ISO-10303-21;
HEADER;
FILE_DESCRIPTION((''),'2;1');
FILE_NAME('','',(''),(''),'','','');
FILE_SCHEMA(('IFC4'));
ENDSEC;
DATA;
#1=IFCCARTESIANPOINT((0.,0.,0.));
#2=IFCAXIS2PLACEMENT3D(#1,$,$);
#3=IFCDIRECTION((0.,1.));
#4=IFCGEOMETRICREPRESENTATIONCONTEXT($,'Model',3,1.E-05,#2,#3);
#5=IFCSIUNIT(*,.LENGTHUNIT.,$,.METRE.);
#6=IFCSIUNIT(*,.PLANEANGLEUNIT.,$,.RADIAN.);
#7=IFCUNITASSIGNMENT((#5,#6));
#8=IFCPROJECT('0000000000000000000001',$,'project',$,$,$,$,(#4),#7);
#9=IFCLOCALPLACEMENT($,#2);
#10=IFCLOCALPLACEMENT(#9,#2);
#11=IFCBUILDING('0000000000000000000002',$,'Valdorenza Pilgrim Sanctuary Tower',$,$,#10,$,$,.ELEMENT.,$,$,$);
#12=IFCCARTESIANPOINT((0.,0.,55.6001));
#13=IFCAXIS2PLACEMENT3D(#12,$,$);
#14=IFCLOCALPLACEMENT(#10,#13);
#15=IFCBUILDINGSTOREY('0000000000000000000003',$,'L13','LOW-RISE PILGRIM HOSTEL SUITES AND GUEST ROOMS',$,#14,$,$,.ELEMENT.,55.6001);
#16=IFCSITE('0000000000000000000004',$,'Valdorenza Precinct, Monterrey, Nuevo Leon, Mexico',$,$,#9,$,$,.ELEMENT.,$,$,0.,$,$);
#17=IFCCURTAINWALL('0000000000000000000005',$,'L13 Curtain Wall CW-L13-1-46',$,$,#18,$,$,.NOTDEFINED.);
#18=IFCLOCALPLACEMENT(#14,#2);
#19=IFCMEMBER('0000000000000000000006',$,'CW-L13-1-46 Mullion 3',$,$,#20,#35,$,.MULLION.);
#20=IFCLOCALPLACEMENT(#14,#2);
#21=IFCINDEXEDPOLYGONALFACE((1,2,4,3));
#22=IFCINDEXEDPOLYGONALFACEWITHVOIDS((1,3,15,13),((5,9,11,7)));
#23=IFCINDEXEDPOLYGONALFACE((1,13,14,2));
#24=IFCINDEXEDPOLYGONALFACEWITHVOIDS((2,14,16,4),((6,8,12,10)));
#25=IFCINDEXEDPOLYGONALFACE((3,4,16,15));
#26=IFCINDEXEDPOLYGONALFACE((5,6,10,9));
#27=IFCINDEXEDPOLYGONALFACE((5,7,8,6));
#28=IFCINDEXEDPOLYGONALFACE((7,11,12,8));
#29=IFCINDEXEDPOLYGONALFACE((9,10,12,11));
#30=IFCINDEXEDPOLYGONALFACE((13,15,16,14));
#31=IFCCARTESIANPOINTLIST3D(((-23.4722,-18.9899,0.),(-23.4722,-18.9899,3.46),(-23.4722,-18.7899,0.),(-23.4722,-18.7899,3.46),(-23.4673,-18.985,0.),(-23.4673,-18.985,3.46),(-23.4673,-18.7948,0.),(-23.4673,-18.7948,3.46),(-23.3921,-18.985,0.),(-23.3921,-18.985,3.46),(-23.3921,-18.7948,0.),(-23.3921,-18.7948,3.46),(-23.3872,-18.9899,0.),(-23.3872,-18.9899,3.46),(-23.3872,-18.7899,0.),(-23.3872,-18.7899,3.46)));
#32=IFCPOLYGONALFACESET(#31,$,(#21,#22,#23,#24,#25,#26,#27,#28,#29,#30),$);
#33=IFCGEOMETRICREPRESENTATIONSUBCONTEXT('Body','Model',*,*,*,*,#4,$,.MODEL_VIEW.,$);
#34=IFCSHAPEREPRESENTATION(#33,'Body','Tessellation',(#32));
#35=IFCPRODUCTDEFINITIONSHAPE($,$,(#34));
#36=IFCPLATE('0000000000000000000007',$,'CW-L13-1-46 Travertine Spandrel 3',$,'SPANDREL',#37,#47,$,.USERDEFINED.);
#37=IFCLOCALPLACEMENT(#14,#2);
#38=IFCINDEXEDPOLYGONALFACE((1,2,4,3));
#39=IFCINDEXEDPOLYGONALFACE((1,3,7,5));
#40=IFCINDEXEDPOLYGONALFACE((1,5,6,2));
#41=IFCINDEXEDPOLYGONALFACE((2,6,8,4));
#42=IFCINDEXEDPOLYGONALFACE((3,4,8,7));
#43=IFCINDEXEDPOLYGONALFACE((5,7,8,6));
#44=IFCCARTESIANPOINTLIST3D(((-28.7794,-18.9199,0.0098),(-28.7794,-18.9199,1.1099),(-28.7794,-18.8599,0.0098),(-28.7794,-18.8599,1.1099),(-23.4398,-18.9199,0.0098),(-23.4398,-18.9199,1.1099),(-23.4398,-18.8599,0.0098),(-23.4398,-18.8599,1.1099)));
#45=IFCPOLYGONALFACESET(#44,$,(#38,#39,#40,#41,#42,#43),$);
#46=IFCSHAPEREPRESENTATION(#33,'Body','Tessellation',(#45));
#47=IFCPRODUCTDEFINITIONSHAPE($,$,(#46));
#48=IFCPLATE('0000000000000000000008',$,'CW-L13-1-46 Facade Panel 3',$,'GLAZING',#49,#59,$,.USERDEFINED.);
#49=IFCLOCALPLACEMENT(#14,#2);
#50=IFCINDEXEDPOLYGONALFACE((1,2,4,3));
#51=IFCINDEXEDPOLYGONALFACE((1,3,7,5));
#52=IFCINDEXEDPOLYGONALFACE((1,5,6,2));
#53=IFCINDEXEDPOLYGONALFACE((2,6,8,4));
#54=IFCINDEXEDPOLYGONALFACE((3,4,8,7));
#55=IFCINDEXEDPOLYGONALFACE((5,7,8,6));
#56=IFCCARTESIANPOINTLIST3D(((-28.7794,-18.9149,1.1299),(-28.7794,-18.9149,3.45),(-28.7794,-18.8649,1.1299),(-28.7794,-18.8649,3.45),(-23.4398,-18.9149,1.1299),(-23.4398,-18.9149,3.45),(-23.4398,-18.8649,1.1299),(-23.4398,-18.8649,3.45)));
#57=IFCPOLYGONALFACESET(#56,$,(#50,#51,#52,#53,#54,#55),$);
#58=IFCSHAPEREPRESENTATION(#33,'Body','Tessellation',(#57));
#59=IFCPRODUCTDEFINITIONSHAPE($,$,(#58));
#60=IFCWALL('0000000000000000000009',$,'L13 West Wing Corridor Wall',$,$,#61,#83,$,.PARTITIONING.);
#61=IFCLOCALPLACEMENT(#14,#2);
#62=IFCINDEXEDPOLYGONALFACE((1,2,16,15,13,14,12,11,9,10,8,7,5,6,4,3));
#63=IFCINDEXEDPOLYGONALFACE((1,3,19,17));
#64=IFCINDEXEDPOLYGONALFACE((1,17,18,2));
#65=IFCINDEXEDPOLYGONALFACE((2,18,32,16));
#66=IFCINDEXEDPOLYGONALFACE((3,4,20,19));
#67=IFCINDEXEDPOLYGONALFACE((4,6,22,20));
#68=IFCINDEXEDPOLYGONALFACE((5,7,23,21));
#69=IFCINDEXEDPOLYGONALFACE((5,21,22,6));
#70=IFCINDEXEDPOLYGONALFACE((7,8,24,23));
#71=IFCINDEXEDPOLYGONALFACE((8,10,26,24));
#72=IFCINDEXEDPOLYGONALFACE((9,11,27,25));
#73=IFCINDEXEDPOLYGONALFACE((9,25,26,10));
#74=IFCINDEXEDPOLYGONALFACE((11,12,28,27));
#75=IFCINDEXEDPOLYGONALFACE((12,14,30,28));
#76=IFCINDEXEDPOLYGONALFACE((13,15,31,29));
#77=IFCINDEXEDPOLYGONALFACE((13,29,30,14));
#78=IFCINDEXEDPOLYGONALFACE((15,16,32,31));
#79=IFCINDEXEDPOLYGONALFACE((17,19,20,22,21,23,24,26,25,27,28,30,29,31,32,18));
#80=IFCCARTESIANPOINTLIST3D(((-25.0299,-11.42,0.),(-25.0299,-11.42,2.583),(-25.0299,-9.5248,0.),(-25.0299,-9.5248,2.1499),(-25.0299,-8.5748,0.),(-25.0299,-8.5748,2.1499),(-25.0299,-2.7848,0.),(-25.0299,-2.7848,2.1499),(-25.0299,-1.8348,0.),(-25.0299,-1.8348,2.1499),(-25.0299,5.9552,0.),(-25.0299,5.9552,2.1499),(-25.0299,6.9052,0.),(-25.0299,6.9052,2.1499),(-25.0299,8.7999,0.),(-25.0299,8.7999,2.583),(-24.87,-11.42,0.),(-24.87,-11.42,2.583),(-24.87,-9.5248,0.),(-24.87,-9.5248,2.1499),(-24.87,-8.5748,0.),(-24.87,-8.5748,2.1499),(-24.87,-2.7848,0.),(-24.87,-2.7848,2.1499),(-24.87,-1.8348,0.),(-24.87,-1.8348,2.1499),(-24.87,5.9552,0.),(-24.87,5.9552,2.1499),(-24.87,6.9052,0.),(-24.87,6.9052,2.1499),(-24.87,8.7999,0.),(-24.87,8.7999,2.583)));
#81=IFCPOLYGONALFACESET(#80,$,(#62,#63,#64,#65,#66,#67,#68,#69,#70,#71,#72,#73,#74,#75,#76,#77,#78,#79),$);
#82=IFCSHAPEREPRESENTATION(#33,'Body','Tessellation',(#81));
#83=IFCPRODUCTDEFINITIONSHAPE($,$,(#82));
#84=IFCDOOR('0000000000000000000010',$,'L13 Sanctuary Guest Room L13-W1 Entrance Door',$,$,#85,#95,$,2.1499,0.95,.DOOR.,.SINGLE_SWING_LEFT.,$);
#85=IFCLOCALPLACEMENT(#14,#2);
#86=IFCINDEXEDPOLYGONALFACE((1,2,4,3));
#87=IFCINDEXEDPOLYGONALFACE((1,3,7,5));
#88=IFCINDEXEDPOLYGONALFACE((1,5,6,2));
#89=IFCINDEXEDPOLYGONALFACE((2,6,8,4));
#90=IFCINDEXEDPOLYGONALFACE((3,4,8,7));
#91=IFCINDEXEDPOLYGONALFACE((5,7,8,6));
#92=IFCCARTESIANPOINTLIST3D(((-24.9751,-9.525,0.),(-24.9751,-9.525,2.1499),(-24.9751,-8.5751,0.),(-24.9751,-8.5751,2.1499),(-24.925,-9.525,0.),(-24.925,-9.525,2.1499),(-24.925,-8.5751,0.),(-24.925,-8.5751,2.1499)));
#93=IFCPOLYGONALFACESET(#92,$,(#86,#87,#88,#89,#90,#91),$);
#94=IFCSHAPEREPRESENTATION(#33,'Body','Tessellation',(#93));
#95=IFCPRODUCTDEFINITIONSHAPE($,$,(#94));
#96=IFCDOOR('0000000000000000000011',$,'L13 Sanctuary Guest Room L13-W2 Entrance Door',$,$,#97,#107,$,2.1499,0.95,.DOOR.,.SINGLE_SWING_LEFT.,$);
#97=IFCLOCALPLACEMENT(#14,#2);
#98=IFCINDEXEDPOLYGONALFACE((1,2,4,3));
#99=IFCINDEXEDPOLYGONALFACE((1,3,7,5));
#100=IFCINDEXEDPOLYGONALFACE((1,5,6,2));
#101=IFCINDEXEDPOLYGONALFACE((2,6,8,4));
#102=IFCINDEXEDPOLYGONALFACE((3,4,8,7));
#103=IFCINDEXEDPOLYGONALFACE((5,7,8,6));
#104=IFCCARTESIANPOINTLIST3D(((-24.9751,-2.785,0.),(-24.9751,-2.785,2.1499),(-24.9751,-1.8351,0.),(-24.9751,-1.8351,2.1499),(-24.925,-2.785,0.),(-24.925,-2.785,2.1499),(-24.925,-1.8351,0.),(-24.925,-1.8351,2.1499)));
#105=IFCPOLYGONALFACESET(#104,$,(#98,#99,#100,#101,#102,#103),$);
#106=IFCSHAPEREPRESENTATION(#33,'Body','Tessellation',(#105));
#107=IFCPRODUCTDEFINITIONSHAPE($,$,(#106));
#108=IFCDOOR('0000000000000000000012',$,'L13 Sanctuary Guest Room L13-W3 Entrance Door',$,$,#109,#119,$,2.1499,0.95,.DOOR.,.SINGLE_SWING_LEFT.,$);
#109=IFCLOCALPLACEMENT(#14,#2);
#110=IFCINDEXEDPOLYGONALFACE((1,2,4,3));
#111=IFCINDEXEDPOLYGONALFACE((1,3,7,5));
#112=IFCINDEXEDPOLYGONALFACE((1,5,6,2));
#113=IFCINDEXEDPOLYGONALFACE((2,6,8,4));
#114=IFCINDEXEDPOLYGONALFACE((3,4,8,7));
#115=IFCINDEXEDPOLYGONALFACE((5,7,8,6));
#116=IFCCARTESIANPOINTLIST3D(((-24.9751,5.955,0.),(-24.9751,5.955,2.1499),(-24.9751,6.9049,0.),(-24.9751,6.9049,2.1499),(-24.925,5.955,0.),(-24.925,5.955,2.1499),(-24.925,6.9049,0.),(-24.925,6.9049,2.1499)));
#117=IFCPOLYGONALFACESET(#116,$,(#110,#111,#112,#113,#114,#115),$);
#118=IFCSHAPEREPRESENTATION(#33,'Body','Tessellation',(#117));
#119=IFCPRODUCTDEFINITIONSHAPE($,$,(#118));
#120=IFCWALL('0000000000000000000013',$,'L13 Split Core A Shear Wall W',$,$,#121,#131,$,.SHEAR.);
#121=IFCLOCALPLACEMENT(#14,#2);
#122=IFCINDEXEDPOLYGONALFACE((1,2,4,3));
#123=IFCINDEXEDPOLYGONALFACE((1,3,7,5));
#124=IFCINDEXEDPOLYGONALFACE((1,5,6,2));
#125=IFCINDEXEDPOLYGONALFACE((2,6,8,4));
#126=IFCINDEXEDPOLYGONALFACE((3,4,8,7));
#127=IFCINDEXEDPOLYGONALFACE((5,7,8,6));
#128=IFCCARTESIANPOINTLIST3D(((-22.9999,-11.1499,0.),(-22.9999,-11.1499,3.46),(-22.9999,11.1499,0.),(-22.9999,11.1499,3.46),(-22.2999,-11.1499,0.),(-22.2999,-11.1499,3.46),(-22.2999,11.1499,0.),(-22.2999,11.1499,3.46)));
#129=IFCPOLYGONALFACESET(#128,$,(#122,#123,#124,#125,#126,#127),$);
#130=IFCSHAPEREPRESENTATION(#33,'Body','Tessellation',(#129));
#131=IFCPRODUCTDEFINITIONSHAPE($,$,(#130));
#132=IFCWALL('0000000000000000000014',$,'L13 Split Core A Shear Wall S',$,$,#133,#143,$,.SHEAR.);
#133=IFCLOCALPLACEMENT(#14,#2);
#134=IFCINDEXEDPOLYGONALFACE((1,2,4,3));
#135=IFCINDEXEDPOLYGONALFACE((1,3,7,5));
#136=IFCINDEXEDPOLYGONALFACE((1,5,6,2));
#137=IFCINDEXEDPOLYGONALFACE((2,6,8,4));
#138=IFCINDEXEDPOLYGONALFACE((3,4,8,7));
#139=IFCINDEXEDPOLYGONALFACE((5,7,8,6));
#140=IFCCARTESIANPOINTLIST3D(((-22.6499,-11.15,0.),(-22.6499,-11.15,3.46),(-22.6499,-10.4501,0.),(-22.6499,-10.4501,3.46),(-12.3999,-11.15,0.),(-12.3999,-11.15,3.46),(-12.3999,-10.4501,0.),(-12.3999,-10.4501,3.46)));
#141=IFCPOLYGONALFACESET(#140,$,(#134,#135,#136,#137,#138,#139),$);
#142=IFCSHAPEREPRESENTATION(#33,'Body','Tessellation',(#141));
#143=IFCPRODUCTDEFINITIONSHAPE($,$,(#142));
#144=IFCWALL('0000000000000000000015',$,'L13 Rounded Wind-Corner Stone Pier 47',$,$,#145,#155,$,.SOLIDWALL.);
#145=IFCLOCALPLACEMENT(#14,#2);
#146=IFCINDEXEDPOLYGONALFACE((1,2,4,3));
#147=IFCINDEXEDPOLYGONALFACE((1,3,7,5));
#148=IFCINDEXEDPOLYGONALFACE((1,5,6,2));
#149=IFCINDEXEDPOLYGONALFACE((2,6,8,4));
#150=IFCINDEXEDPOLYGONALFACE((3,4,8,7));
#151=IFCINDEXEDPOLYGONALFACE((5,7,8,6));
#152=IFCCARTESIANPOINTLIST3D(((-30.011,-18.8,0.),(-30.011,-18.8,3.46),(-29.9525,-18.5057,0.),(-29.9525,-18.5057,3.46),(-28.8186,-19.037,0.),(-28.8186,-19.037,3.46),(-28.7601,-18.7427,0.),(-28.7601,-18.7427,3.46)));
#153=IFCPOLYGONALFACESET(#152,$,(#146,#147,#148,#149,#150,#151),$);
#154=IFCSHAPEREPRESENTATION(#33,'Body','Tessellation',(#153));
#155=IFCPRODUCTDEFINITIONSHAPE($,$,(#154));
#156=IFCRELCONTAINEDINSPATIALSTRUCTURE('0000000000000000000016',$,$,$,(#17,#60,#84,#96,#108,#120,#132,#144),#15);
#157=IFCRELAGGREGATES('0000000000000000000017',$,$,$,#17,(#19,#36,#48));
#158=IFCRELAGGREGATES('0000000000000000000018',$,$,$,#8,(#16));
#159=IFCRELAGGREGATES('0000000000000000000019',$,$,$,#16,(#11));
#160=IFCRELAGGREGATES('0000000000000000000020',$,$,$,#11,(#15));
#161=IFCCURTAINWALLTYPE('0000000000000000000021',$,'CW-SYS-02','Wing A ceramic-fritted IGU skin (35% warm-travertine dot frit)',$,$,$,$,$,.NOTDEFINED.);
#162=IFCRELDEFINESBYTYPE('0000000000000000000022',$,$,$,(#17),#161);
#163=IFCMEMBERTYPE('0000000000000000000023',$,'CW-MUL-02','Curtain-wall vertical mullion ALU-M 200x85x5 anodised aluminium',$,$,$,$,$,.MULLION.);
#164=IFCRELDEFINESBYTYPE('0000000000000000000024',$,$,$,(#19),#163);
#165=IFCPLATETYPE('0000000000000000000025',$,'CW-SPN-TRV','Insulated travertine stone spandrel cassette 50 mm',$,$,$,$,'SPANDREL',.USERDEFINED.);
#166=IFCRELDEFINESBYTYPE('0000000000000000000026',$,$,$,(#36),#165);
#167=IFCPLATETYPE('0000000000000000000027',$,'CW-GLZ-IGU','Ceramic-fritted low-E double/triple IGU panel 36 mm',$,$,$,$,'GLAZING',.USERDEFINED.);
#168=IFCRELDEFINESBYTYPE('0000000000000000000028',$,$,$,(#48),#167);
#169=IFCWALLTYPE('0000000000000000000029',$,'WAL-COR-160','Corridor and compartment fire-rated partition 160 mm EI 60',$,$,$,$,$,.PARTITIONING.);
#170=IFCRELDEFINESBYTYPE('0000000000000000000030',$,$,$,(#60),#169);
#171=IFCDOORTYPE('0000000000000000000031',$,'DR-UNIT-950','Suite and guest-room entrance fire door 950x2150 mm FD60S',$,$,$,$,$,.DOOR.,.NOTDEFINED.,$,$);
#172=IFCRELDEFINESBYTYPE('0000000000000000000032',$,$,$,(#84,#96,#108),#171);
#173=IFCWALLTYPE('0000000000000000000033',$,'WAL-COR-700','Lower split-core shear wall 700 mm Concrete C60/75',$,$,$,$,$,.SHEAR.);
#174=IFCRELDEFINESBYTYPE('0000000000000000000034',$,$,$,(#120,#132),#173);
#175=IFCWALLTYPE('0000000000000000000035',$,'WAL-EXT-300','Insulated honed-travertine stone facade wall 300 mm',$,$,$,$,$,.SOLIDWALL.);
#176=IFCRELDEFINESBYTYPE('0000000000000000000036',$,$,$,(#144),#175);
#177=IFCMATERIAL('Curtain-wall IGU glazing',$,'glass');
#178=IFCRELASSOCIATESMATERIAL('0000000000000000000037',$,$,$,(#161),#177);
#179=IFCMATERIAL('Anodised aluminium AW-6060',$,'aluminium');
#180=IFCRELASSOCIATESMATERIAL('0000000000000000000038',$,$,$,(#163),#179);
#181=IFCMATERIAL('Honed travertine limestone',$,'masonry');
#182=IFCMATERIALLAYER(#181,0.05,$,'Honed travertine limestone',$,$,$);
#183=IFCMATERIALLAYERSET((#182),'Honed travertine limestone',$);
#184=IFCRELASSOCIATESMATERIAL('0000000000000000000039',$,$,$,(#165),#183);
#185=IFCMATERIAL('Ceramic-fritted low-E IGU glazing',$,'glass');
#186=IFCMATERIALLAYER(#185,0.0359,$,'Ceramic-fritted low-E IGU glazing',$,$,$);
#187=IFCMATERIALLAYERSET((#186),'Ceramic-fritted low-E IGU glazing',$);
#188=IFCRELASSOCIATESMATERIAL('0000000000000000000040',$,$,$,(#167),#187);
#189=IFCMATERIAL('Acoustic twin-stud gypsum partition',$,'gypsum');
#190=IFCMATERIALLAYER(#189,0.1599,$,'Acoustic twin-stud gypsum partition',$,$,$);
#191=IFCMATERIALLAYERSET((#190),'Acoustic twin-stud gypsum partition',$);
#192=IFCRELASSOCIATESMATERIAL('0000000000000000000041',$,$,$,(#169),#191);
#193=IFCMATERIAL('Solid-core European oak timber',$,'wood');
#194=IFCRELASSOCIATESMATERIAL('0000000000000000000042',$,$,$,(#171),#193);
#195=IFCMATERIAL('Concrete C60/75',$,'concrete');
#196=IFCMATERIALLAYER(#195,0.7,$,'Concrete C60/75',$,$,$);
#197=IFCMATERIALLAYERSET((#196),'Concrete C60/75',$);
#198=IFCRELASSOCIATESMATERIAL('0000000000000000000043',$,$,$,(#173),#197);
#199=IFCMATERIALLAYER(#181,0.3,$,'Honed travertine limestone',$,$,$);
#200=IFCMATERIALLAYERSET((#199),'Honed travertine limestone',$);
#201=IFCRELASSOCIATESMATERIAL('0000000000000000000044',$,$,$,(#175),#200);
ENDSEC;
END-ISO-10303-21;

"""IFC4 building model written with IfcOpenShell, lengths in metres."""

from ifc_helpers import new_model, si_unit, direction, frame, frame_2d, origin, origin_2d, place, context, subcontext, project, spatial, rectangle, hollow_rectangle, extrude, source, transform, mapped, material, layer, layer_set, material_profile, profile_set, type_object, element, fill, aggregate, save


model = new_model("IFC4")

# Units and contexts
model_context = context("Model", 3, precision=1e-05, world=origin(), true_north=direction((0.0, 1.0)))
body_context = subcontext(model_context, "Body", "Model", "MODEL_VIEW")
ifc_project = project(units=[si_unit("LENGTHUNIT", "METRE"), si_unit("PLANEANGLEUNIT", "RADIAN")], contexts=[model_context])

# Site, building, storey
site_placement = place(None, origin())
site = spatial("IfcSite", under=ifc_project, at=site_placement, Name="Valdorenza Precinct, Monterrey, Nuevo Leon, Mexico", CompositionType="ELEMENT", RefElevation=0.0)
building_placement = place(site_placement, origin())
building = spatial("IfcBuilding", under=site, at=building_placement, Name="Valdorenza Pilgrim Sanctuary Tower", CompositionType="ELEMENT")
storey_placement = place(building_placement, frame((0.0, 0.0, 55.6001)))
storey = spatial("IfcBuildingStorey", under=building, at=storey_placement, Name="L13", Description="LOW-RISE PILGRIM HOSTEL SUITES AND GUEST ROOMS", CompositionType="ELEMENT", Elevation=55.6001)

# Shared definitions
ifc_material_1 = material(Name="Concrete C60/75", Category="concrete")

# Curtain wall, member, plates
ifc_material_2 = material(Name="Curtain-wall IGU glazing", Category="glass")
curtain_wall_type = type_object("IfcCurtainWallType", Name="CW-SYS-02", Description="Wing A ceramic-fritted IGU skin (35% warm-travertine dot frit)", PredefinedType="NOTDEFINED", material=ifc_material_2)
curtain_wall_placement = place(storey_placement, origin())
curtain_wall = element("IfcCurtainWall", 1, at=curtain_wall_placement, inside=storey, type_object=curtain_wall_type, Name="L13 Curtain Wall CW-L13-1-46", PredefinedType="NOTDEFINED")
ifc_material_3 = material(Name="Anodised aluminium AW-6060", Category="aluminium")
ifc_material_profile_1 = material_profile(ifc_material_3, hollow_rectangle(XDim=0.085, YDim=0.2, WallThickness=0.0049, at=origin_2d()), Name="ALU-M 200x85x5")
ifc_profile_set_1 = profile_set([ifc_material_profile_1], Name="Anodised aluminium AW-6060")
member_type = type_object("IfcMemberType", Name="CW-MUL-02", Description="Curtain-wall vertical mullion ALU-M 200x85x5 anodised aluminium", PredefinedType="MULLION", material=ifc_profile_set_1)
shared_shape_1 = source(origin(), body_context, "Body", "SweptSolid", [
    extrude(hollow_rectangle(XDim=0.085, YDim=0.2, WallThickness=0.0049, at=origin_2d()), origin(), (0.0, 0.0, 1.0), 3.46),
])
member_placement = place(storey_placement, frame((-23.4297, -18.8899, 0.0), z_axis=(0.0, 0.0, 1.0), x_axis=(-1.0, 0.0, 0.0)))
member = element("IfcMember", 2, at=member_placement, type_object=member_type, Name="CW-L13-1-46 Mullion 3", PredefinedType="MULLION", context=body_context, shape_type="MappedRepresentation", body=[
    mapped(shared_shape_1, transform((0.0, 0.0, 0.0), x_axis=(1.0, 0.0, 0.0), y_axis=(0.0, 1.0, 0.0), z_axis=(0.0, 0.0, 1.0), scale=1.0)),
])
ifc_material_4 = material(Name="Honed travertine limestone", Category="masonry")
ifc_layer_1 = layer(ifc_material_4, 0.05, Name="Honed travertine limestone")
ifc_layer_set_1 = layer_set([ifc_layer_1], Name="Honed travertine limestone")
plate_type_1 = type_object("IfcPlateType", Name="CW-SPN-TRV", Description="Insulated travertine stone spandrel cassette 50 mm", ElementType="SPANDREL", PredefinedType="USERDEFINED", material=ifc_layer_set_1)
shared_shape_2 = source(origin(), body_context, "Body", "SweptSolid", [
    extrude(rectangle(XDim=5.3396, YDim=0.0601, at=origin_2d()), origin(), (0.0, 0.0, 1.0), 1.1001),
])
plate_1_placement = place(storey_placement, frame((-26.1096, -18.8899, 0.0098), z_axis=(0.0, 0.0, 1.0), x_axis=(-1.0, 0.0, 0.0)))
plate_1 = element("IfcPlate", 3, at=plate_1_placement, type_object=plate_type_1, Name="CW-L13-1-46 Travertine Spandrel 3", ObjectType="SPANDREL", PredefinedType="USERDEFINED", context=body_context, shape_type="MappedRepresentation", body=[
    mapped(shared_shape_2, transform((0.0, 0.0, 0.0), x_axis=(1.0, 0.0, 0.0), y_axis=(0.0, 1.0, 0.0), z_axis=(0.0, 0.0, 1.0), scale=1.0)),
])
ifc_material_5 = material(Name="Ceramic-fritted low-E IGU glazing", Category="glass")
ifc_layer_2 = layer(ifc_material_5, 0.0359, Name="Ceramic-fritted low-E IGU glazing")
ifc_layer_set_2 = layer_set([ifc_layer_2], Name="Ceramic-fritted low-E IGU glazing")
plate_type_2 = type_object("IfcPlateType", Name="CW-GLZ-IGU", Description="Ceramic-fritted low-E double/triple IGU panel 36 mm", ElementType="GLAZING", PredefinedType="USERDEFINED", material=ifc_layer_set_2)
shared_shape_3 = source(origin(), body_context, "Body", "SweptSolid", [
    extrude(rectangle(XDim=5.3396, YDim=0.05, at=origin_2d()), origin(), (0.0, 0.0, 1.0), 2.3201),
])
plate_2_placement = place(storey_placement, frame((-26.1096, -18.8899, 1.1299), z_axis=(0.0, 0.0, 1.0), x_axis=(-1.0, 0.0, 0.0)))
plate_2 = element("IfcPlate", 4, at=plate_2_placement, type_object=plate_type_2, Name="CW-L13-1-46 Facade Panel 3", ObjectType="GLAZING", PredefinedType="USERDEFINED", context=body_context, shape_type="MappedRepresentation", body=[
    mapped(shared_shape_3, transform((0.0, 0.0, 0.0), x_axis=(1.0, 0.0, 0.0), y_axis=(0.0, 1.0, 0.0), z_axis=(0.0, 0.0, 1.0), scale=1.0)),
])
aggregate(curtain_wall, [member, plate_1, plate_2])

# Wall, openings, doors
ifc_material_6 = material(Name="Acoustic twin-stud gypsum partition", Category="gypsum")
ifc_layer_3 = layer(ifc_material_6, 0.1599, Name="Acoustic twin-stud gypsum partition")
ifc_layer_set_3 = layer_set([ifc_layer_3], Name="Acoustic twin-stud gypsum partition")
wall_type_1 = type_object("IfcWallType", Name="WAL-COR-160", Description="Corridor and compartment fire-rated partition 160 mm EI 60", PredefinedType="PARTITIONING", material=ifc_layer_set_3)
wall_1_placement = place(storey_placement, frame((-24.95, -11.4199, 0.0), z_axis=(0.0, 0.0, 1.0), x_axis=(0.0, 1.0, 0.0)))
wall_1 = element("IfcWall", 5, at=wall_1_placement, inside=storey, type_object=wall_type_1, Name="L13 West Wing Corridor Wall", PredefinedType="PARTITIONING", context=body_context, shape_type="SweptSolid", body=[
    extrude(rectangle(XDim=20.22, YDim=0.1599, at=frame_2d((10.1099, 0.0))), origin(), (0.0, 0.0, 1.0), 2.583),
])
opening_1_placement = place(wall_1_placement, frame((1.895, 0.0, 0.0)))
opening_1 = element("IfcOpeningElement", 6, at=opening_1_placement, cuts=wall_1, PredefinedType="OPENING", context=body_context, shape_type="SweptSolid", body=[
    extrude(rectangle(XDim=0.95, YDim=2.1499, at=frame_2d((0.4751, 1.075))), frame((0.0, 0.0947, 0.0), z_axis=(0.0, -1.0, 0.0), x_axis=(1.0, 0.0, 0.0)), (0.0, 0.0, 1.0), 0.1897),
])
opening_2_placement = place(wall_1_placement, frame((8.635, 0.0, 0.0)))
opening_2 = element("IfcOpeningElement", 7, at=opening_2_placement, cuts=wall_1, PredefinedType="OPENING", context=body_context, shape_type="SweptSolid", body=[
    extrude(rectangle(XDim=0.95, YDim=2.1499, at=frame_2d((0.4751, 1.075))), frame((0.0, 0.0947, 0.0), z_axis=(0.0, -1.0, 0.0), x_axis=(1.0, 0.0, 0.0)), (0.0, 0.0, 1.0), 0.1897),
])
opening_3_placement = place(wall_1_placement, frame((17.375, 0.0, 0.0)))
opening_3 = element("IfcOpeningElement", 8, at=opening_3_placement, cuts=wall_1, PredefinedType="OPENING", context=body_context, shape_type="SweptSolid", body=[
    extrude(rectangle(XDim=0.95, YDim=2.1499, at=frame_2d((0.4751, 1.075))), frame((0.0, 0.0947, 0.0), z_axis=(0.0, -1.0, 0.0), x_axis=(1.0, 0.0, 0.0)), (0.0, 0.0, 1.0), 0.1897),
])
ifc_material_7 = material(Name="Solid-core European oak timber", Category="wood")
door_type = type_object("IfcDoorType", Name="DR-UNIT-950", Description="Suite and guest-room entrance fire door 950x2150 mm FD60S", OperationType="NOTDEFINED", PredefinedType="DOOR", material=ifc_material_7)
door_1_placement = place(opening_1_placement, frame((0.95, 0.0, 0.0), z_axis=(0.0, 0.0, 1.0), x_axis=(-1.0, 0.0, 0.0)))
door_1 = element("IfcDoor", 9, at=door_1_placement, inside=storey, type_object=door_type, Name="L13 Sanctuary Guest Room L13-W1 Entrance Door", OperationType="SINGLE_SWING_LEFT", OverallHeight=2.1499, OverallWidth=0.95, PredefinedType="DOOR", context=body_context, shape_type="SweptSolid", body=[
    extrude(rectangle(XDim=0.95, YDim=2.1499, at=frame_2d((0.4751, 1.075))), frame((0.0, 0.0249, 0.0), z_axis=(0.0, -1.0, 0.0), x_axis=(1.0, 0.0, 0.0)), (0.0, 0.0, 1.0), 0.05),
])
fill(opening_1, door_1)
door_2_placement = place(opening_2_placement, frame((0.95, 0.0, 0.0), z_axis=(0.0, 0.0, 1.0), x_axis=(-1.0, 0.0, 0.0)))
door_2 = element("IfcDoor", 10, at=door_2_placement, inside=storey, type_object=door_type, Name="L13 Sanctuary Guest Room L13-W2 Entrance Door", OperationType="SINGLE_SWING_LEFT", OverallHeight=2.1499, OverallWidth=0.95, PredefinedType="DOOR", context=body_context, shape_type="SweptSolid", body=[
    extrude(rectangle(XDim=0.95, YDim=2.1499, at=frame_2d((0.4751, 1.075))), frame((0.0, 0.0249, 0.0), z_axis=(0.0, -1.0, 0.0), x_axis=(1.0, 0.0, 0.0)), (0.0, 0.0, 1.0), 0.05),
])
fill(opening_2, door_2)
door_3_placement = place(opening_3_placement, frame((0.95, 0.0, 0.0), z_axis=(0.0, 0.0, 1.0), x_axis=(-1.0, 0.0, 0.0)))
door_3 = element("IfcDoor", 11, at=door_3_placement, inside=storey, type_object=door_type, Name="L13 Sanctuary Guest Room L13-W3 Entrance Door", OperationType="SINGLE_SWING_LEFT", OverallHeight=2.1499, OverallWidth=0.95, PredefinedType="DOOR", context=body_context, shape_type="SweptSolid", body=[
    extrude(rectangle(XDim=0.95, YDim=2.1499, at=frame_2d((0.4751, 1.075))), frame((0.0, 0.0249, 0.0), z_axis=(0.0, -1.0, 0.0), x_axis=(1.0, 0.0, 0.0)), (0.0, 0.0, 1.0), 0.05),
])
fill(opening_3, door_3)

# Walls
ifc_layer_4 = layer(ifc_material_1, 0.7, Name="Concrete C60/75")
ifc_layer_set_4 = layer_set([ifc_layer_4], Name="Concrete C60/75")
wall_type_2 = type_object("IfcWallType", Name="WAL-COR-700", Description="Lower split-core shear wall 700 mm Concrete C60/75", PredefinedType="SHEAR", material=ifc_layer_set_4)
wall_2_placement = place(storey_placement, frame((-22.6499, -11.1499, 0.0), z_axis=(0.0, 0.0, 1.0), x_axis=(0.0, 1.0, 0.0)))
element("IfcWall", 12, at=wall_2_placement, inside=storey, type_object=wall_type_2, Name="L13 Split Core A Shear Wall W", PredefinedType="SHEAR", context=body_context, shape_type="SweptSolid", body=[
    extrude(rectangle(XDim=22.2998, YDim=0.7, at=frame_2d((11.1499, 0.0))), origin(), (0.0, 0.0, 1.0), 3.46),
])
wall_3_placement = place(storey_placement, frame((-22.6499, -10.8, 0.0), z_axis=(0.0, 0.0, 1.0), x_axis=(1.0, 0.0, 0.0)))
element("IfcWall", 13, at=wall_3_placement, inside=storey, type_object=wall_type_2, Name="L13 Split Core A Shear Wall S", PredefinedType="SHEAR", context=body_context, shape_type="SweptSolid", body=[
    extrude(rectangle(XDim=10.25, YDim=0.7, at=frame_2d((5.125, 0.0))), origin(), (0.0, 0.0, 1.0), 3.46),
])
ifc_layer_5 = layer(ifc_material_4, 0.3, Name="Honed travertine limestone")
ifc_layer_set_5 = layer_set([ifc_layer_5], Name="Honed travertine limestone")
wall_type_3 = type_object("IfcWallType", Name="WAL-EXT-300", Description="Insulated honed-travertine stone facade wall 300 mm", PredefinedType="SOLIDWALL", material=ifc_layer_set_5)
wall_4_placement = place(storey_placement, frame((-28.7893, -18.8899, 0.0), z_axis=(0.0, 0.0, 1.0), x_axis=(-0.980804, 0.194996, 0.0)))
element("IfcWall", 14, at=wall_4_placement, inside=storey, type_object=wall_type_3, Name="L13 Rounded Wind-Corner Stone Pier 47", PredefinedType="SOLIDWALL", context=body_context, shape_type="SweptSolid", body=[
    extrude(rectangle(XDim=1.2158, YDim=0.3, at=frame_2d((0.6079, 0.0))), origin(), (0.0, 0.0, 1.0), 3.46),
])

save(model, "model.ifc")
